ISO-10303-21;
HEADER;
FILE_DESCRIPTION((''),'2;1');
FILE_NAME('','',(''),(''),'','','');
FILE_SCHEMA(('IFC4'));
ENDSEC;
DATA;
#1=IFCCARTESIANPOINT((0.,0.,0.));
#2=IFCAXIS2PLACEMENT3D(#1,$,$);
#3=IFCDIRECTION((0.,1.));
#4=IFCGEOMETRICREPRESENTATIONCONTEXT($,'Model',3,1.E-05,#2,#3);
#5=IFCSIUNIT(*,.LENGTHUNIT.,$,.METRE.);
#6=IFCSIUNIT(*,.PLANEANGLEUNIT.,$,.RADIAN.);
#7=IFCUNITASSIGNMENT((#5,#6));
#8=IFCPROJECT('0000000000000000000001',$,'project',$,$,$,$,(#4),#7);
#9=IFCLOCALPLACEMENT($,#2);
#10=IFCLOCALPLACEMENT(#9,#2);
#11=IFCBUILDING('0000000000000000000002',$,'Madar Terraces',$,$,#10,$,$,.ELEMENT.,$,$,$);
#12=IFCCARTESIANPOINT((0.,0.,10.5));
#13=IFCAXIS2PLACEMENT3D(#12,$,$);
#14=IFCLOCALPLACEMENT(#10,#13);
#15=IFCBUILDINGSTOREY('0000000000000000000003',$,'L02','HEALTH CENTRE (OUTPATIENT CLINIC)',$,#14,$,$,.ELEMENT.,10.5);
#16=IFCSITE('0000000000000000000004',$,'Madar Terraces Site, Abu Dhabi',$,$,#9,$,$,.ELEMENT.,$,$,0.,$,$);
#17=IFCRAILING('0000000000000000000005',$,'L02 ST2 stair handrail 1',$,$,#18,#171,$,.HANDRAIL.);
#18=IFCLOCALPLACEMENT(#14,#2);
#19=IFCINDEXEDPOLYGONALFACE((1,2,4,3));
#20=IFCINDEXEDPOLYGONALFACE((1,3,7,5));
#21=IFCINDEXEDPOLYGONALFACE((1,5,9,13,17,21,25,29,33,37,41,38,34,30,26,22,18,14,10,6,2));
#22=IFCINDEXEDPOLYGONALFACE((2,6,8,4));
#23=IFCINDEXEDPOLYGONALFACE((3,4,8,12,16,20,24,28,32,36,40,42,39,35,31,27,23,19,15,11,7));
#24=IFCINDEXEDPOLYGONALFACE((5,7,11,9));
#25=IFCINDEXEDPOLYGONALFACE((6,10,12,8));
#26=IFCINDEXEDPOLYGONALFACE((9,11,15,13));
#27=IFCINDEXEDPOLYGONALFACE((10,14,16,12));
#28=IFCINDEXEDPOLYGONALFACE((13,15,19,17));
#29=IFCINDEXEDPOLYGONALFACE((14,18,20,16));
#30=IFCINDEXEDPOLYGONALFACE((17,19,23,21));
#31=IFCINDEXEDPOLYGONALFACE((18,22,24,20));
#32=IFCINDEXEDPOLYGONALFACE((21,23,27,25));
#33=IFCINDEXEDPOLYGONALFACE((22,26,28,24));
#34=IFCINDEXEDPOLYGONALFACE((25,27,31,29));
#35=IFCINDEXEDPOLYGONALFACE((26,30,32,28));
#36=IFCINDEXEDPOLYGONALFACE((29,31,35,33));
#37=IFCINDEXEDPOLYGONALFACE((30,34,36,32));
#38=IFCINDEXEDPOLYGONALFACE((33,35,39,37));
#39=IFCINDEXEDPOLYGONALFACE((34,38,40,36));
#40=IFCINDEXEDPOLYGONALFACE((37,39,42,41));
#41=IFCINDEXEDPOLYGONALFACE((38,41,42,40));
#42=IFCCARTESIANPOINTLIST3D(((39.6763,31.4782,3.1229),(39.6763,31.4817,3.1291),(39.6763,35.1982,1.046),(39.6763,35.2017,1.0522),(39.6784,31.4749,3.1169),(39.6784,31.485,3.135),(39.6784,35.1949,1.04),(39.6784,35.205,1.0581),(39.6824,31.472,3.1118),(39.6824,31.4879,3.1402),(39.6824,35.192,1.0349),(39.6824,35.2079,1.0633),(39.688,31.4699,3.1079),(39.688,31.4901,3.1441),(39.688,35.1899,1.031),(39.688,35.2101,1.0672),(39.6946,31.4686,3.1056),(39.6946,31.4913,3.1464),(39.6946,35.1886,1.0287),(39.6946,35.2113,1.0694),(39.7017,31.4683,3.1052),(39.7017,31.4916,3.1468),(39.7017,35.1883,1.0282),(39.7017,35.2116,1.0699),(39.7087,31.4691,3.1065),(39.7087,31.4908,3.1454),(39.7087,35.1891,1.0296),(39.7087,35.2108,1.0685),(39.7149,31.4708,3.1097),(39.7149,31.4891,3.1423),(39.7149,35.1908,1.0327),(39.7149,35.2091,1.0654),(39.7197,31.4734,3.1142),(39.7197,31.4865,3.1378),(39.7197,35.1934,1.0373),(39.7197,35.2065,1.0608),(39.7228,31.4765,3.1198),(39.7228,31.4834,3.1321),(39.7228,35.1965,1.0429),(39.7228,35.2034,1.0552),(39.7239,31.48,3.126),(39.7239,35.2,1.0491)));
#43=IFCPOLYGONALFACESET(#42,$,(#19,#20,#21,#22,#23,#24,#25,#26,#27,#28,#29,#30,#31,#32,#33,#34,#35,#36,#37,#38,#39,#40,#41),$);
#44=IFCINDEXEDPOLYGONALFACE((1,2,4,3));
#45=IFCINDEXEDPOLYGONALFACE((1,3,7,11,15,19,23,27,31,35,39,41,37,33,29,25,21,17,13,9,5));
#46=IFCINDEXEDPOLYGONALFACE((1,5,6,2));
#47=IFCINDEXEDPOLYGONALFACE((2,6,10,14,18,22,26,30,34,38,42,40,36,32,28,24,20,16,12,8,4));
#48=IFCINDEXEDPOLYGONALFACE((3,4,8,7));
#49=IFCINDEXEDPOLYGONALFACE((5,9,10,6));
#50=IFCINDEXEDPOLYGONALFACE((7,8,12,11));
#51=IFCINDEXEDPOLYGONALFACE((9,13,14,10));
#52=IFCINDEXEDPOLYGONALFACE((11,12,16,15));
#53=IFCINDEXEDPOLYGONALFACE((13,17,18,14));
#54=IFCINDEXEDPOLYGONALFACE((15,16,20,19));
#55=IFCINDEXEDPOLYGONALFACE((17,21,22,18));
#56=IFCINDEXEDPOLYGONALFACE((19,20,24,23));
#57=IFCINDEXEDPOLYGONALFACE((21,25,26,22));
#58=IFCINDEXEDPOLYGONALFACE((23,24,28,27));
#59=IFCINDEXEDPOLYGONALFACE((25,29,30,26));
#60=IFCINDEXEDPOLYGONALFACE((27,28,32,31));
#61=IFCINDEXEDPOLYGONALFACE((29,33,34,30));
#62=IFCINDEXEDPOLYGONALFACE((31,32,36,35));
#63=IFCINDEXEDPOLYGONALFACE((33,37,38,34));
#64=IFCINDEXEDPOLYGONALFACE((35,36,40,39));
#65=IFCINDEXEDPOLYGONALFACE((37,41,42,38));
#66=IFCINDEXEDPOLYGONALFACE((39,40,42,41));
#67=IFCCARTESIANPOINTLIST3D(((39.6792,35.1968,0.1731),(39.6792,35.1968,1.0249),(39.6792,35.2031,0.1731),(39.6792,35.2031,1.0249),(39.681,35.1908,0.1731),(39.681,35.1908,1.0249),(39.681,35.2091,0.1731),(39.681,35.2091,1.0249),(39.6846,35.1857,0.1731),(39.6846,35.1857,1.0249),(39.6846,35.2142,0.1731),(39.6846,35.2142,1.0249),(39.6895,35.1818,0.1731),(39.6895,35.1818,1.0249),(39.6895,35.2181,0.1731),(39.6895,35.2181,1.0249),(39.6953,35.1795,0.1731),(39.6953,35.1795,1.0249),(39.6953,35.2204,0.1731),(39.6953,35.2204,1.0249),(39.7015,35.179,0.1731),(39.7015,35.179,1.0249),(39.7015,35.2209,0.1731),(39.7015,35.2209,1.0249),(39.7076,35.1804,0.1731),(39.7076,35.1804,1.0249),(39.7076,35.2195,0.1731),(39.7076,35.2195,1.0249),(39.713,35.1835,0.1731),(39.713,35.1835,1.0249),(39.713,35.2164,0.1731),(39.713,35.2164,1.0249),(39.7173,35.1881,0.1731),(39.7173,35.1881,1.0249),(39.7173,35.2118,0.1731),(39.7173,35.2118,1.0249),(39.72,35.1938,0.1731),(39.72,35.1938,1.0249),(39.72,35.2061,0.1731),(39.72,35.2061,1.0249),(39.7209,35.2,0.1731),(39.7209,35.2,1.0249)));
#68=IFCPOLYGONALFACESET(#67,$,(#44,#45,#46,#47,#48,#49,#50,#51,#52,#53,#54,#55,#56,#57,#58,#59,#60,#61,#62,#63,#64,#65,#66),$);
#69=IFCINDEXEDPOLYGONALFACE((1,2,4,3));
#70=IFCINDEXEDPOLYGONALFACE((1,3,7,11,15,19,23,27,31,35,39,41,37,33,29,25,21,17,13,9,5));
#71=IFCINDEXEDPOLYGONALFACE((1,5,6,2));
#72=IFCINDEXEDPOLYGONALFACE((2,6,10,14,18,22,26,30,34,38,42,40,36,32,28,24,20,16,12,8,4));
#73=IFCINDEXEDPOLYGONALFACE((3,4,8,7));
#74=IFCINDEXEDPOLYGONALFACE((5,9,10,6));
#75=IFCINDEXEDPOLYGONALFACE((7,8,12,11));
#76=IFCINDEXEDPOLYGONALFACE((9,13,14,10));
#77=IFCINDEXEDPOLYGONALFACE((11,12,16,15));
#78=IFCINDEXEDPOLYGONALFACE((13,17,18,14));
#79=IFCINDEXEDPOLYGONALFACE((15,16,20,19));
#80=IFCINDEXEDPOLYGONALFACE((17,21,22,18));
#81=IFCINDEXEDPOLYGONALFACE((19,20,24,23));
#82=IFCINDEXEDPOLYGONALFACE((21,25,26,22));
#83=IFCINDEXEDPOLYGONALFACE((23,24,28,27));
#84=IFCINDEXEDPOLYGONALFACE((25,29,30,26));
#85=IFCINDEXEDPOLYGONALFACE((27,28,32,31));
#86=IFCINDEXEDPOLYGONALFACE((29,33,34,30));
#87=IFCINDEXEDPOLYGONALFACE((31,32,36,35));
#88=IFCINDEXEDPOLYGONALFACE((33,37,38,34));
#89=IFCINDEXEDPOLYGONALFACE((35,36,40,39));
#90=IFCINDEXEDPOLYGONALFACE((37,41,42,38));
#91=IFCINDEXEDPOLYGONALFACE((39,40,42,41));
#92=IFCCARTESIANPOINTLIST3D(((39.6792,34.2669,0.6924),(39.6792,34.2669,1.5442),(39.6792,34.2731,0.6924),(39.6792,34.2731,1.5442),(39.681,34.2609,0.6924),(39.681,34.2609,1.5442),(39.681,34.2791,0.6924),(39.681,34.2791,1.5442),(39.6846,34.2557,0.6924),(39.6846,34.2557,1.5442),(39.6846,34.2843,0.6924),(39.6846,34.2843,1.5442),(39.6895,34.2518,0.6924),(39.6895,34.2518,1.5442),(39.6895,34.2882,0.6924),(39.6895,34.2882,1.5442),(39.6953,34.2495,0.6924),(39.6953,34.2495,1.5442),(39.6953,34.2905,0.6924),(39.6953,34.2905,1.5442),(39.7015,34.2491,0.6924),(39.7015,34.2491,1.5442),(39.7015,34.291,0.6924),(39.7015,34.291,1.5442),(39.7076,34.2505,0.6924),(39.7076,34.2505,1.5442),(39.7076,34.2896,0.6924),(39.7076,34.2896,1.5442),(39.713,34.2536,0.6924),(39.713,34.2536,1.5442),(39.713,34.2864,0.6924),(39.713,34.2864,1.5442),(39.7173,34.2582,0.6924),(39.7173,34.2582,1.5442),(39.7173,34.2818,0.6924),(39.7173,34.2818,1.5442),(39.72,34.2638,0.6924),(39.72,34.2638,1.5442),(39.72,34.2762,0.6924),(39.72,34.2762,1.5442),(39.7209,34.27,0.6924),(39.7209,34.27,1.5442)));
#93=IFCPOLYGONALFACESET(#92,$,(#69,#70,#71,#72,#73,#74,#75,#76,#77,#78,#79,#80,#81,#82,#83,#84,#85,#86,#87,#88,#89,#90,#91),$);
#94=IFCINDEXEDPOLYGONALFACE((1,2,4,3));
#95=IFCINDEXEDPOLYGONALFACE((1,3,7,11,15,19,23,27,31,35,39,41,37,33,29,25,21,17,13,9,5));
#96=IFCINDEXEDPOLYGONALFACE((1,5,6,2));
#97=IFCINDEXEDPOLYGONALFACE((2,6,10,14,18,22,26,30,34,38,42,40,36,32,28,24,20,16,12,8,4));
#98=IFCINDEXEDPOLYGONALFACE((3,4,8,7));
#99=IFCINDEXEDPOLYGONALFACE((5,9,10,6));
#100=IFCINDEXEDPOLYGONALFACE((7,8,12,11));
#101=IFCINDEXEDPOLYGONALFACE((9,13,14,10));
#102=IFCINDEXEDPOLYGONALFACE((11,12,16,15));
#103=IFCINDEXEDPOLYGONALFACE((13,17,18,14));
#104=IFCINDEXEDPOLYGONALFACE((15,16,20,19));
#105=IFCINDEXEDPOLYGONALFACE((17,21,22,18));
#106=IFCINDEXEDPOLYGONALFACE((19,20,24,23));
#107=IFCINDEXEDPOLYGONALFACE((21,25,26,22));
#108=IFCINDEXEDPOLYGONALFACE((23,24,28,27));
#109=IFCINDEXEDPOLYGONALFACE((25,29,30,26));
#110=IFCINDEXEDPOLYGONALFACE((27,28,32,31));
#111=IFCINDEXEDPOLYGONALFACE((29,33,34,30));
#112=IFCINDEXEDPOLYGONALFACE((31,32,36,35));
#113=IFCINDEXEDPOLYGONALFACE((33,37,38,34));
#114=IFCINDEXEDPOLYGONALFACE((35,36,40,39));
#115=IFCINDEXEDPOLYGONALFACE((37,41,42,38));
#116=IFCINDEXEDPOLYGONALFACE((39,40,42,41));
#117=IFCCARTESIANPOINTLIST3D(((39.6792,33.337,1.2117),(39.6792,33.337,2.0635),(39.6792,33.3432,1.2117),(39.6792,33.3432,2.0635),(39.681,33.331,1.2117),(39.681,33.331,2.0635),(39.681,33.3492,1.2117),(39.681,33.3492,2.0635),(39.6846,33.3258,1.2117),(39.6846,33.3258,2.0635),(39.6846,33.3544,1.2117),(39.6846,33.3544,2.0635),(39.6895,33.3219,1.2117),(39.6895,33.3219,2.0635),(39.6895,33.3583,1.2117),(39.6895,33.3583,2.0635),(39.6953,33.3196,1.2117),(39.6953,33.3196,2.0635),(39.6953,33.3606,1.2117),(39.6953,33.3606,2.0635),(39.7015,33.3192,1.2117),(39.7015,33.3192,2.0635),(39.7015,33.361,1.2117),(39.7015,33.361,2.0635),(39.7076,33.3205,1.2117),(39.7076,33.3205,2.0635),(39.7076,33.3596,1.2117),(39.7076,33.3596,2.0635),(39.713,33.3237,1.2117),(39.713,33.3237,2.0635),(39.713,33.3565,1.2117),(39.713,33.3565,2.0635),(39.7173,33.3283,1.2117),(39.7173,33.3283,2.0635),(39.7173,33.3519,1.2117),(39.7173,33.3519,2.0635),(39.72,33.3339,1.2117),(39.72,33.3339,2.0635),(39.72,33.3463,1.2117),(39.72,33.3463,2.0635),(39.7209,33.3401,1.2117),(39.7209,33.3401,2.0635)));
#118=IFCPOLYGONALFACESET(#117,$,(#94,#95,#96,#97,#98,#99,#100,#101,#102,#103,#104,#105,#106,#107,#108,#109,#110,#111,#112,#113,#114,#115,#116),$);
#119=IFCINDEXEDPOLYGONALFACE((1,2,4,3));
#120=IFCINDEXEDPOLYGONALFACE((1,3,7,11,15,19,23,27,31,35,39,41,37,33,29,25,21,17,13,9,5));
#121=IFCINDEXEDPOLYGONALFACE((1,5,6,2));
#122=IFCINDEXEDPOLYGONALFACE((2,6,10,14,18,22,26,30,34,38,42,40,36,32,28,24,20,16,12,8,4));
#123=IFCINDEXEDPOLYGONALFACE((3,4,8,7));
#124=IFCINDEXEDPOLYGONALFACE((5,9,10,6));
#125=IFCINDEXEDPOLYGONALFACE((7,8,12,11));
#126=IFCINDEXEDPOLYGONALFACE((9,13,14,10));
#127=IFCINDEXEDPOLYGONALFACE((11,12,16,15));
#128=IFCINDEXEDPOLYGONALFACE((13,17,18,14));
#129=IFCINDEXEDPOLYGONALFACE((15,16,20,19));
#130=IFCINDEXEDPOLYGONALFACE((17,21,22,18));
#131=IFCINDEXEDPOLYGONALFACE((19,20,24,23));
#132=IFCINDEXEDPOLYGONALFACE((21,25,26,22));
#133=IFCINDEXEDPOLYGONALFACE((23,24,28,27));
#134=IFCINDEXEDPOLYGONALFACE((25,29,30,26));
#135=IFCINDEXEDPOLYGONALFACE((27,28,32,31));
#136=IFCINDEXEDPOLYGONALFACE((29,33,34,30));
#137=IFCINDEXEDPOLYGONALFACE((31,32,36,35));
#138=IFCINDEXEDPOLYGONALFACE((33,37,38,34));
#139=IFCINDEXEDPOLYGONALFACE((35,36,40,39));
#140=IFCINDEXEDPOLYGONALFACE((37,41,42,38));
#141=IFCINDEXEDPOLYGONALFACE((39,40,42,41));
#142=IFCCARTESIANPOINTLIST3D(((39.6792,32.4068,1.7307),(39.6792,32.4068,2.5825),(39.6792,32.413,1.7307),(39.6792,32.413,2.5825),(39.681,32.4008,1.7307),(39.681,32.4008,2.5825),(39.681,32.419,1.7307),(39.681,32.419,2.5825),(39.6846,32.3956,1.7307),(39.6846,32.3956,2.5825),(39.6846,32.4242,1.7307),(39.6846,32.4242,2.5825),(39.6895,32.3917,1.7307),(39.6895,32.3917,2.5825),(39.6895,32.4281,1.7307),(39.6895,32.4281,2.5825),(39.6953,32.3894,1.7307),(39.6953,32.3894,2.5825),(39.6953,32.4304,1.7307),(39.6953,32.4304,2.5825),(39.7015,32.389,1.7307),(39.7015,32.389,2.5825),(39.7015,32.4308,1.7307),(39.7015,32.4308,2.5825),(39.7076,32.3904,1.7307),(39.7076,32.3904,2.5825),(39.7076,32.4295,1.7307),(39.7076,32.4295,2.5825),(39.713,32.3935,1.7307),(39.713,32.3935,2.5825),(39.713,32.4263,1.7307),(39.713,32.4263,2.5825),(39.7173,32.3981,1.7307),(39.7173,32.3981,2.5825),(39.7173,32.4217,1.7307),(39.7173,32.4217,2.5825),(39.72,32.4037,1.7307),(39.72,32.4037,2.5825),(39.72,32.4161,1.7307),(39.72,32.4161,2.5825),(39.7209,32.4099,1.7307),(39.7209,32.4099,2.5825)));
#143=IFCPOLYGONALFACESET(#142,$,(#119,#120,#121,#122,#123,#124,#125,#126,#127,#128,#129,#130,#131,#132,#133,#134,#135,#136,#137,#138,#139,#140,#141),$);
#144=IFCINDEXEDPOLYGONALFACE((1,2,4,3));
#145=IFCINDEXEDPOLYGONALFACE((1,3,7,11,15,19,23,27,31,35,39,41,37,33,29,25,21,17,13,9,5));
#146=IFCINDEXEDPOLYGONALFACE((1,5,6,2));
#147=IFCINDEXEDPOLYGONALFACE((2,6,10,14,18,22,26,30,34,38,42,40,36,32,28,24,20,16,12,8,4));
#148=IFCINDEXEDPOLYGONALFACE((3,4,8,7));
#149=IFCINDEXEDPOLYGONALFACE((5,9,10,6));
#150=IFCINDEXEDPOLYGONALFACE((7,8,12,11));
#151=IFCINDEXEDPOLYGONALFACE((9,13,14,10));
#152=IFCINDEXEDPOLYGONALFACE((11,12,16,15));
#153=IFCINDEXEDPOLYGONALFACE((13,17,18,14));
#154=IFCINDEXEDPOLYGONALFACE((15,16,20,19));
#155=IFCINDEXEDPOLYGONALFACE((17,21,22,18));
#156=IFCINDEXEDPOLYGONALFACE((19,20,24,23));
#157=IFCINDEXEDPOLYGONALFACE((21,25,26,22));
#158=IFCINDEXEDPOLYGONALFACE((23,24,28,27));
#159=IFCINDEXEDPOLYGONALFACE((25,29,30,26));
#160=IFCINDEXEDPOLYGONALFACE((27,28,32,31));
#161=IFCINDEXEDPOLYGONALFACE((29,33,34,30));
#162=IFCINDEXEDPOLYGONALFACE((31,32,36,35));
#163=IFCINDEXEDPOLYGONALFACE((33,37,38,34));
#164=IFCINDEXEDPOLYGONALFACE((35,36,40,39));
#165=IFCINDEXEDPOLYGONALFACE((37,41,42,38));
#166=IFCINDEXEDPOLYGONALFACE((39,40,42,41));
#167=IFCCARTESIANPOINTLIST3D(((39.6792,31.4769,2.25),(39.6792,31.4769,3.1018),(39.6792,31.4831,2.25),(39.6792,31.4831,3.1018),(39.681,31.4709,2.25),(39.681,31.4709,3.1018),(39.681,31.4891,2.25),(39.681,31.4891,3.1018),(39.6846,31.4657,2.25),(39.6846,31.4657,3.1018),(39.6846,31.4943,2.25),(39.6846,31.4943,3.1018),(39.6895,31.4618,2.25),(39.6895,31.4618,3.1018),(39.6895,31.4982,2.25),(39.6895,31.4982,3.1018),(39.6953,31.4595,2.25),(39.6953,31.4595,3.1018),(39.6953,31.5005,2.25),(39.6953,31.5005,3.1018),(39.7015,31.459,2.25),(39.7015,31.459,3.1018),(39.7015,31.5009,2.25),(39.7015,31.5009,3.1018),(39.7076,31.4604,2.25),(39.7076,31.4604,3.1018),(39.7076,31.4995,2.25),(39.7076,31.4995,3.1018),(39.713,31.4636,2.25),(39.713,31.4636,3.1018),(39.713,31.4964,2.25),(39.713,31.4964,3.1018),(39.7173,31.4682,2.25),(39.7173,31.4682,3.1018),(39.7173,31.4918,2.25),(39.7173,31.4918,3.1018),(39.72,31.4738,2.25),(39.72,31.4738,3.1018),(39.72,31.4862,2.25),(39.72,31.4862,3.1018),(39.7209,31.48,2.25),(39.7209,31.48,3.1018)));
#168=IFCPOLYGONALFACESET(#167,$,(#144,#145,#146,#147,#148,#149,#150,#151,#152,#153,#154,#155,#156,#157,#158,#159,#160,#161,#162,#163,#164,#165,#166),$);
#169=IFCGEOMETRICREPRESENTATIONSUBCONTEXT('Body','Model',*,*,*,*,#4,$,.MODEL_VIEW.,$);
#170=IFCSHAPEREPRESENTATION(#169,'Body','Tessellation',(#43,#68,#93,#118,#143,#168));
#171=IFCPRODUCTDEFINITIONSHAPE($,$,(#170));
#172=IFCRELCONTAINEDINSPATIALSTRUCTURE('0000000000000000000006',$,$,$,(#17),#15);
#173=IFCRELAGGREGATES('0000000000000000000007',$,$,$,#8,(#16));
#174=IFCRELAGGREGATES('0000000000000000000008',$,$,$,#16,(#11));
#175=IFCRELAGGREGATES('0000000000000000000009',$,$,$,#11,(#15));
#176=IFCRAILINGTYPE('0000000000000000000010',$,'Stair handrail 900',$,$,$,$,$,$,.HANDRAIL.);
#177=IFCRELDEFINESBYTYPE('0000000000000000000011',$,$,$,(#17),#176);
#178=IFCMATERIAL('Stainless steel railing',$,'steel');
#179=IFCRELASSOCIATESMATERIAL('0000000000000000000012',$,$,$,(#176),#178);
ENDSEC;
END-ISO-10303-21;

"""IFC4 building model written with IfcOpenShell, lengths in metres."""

from ifc_helpers import new_model, si_unit, direction, frame, origin, origin_2d, place, context, subcontext, project, spatial, circle, extrude, material, type_object, element, save


model = new_model("IFC4")

# Units and contexts
model_context = context("Model", 3, precision=1e-05, world=origin(), true_north=direction((0.0, 1.0)))
body_context = subcontext(model_context, "Body", "Model", "MODEL_VIEW")
ifc_project = project(units=[si_unit("LENGTHUNIT", "METRE"), si_unit("PLANEANGLEUNIT", "RADIAN")], contexts=[model_context])

# Site, building, storey
site_placement = place(None, origin())
site = spatial("IfcSite", under=ifc_project, at=site_placement, Name="Madar Terraces Site, Abu Dhabi", CompositionType="ELEMENT", RefElevation=0.0)
building_placement = place(site_placement, origin())
building = spatial("IfcBuilding", under=site, at=building_placement, Name="Madar Terraces", CompositionType="ELEMENT")
storey_placement = place(building_placement, frame((0.0, 0.0, 10.5)))
storey = spatial("IfcBuildingStorey", under=building, at=storey_placement, Name="L02", Description="HEALTH CENTRE (OUTPATIENT CLINIC)", CompositionType="ELEMENT", Elevation=10.5)

# Railing
ifc_material_1 = material(Name="Stainless steel railing", Category="steel")
railing_type_1 = type_object("IfcRailingType", Name="Stair handrail 900", PredefinedType="HANDRAIL", material=ifc_material_1)
railing_1_placement = place(storey_placement, frame((39.7, 35.2, 0.1731)))
element("IfcRailing", 1, at=railing_1_placement, inside=storey, type_object=railing_type_1, Name="L02 ST2 stair handrail 1", PredefinedType="HANDRAIL", context=body_context, shape_type="SweptSolid", body=[
    extrude(circle(Radius=0.0239, at=origin_2d()), frame((0.0, 0.0, 0.876), z_axis=(0.0, -0.873134, 0.487481), x_axis=(1.0, 0.0, 0.0)), (0.0, 0.0, 1.0), 4.2605),
    extrude(circle(Radius=0.021, at=origin_2d()), origin(), (0.0, 0.0, 1.0), 0.8518),
    extrude(circle(Radius=0.021, at=origin_2d()), frame((0.0, -0.9299, 0.5193)), (0.0, 0.0, 1.0), 0.8518),
    extrude(circle(Radius=0.021, at=origin_2d()), frame((0.0, -1.8599, 1.0386)), (0.0, 0.0, 1.0), 0.8518),
    extrude(circle(Radius=0.021, at=origin_2d()), frame((0.0, -2.79, 1.5576)), (0.0, 0.0, 1.0), 0.8518),
    extrude(circle(Radius=0.021, at=origin_2d()), frame((0.0, -3.72, 2.0769)), (0.0, 0.0, 1.0), 0.8518),
])

save(model, "model.ifc")
